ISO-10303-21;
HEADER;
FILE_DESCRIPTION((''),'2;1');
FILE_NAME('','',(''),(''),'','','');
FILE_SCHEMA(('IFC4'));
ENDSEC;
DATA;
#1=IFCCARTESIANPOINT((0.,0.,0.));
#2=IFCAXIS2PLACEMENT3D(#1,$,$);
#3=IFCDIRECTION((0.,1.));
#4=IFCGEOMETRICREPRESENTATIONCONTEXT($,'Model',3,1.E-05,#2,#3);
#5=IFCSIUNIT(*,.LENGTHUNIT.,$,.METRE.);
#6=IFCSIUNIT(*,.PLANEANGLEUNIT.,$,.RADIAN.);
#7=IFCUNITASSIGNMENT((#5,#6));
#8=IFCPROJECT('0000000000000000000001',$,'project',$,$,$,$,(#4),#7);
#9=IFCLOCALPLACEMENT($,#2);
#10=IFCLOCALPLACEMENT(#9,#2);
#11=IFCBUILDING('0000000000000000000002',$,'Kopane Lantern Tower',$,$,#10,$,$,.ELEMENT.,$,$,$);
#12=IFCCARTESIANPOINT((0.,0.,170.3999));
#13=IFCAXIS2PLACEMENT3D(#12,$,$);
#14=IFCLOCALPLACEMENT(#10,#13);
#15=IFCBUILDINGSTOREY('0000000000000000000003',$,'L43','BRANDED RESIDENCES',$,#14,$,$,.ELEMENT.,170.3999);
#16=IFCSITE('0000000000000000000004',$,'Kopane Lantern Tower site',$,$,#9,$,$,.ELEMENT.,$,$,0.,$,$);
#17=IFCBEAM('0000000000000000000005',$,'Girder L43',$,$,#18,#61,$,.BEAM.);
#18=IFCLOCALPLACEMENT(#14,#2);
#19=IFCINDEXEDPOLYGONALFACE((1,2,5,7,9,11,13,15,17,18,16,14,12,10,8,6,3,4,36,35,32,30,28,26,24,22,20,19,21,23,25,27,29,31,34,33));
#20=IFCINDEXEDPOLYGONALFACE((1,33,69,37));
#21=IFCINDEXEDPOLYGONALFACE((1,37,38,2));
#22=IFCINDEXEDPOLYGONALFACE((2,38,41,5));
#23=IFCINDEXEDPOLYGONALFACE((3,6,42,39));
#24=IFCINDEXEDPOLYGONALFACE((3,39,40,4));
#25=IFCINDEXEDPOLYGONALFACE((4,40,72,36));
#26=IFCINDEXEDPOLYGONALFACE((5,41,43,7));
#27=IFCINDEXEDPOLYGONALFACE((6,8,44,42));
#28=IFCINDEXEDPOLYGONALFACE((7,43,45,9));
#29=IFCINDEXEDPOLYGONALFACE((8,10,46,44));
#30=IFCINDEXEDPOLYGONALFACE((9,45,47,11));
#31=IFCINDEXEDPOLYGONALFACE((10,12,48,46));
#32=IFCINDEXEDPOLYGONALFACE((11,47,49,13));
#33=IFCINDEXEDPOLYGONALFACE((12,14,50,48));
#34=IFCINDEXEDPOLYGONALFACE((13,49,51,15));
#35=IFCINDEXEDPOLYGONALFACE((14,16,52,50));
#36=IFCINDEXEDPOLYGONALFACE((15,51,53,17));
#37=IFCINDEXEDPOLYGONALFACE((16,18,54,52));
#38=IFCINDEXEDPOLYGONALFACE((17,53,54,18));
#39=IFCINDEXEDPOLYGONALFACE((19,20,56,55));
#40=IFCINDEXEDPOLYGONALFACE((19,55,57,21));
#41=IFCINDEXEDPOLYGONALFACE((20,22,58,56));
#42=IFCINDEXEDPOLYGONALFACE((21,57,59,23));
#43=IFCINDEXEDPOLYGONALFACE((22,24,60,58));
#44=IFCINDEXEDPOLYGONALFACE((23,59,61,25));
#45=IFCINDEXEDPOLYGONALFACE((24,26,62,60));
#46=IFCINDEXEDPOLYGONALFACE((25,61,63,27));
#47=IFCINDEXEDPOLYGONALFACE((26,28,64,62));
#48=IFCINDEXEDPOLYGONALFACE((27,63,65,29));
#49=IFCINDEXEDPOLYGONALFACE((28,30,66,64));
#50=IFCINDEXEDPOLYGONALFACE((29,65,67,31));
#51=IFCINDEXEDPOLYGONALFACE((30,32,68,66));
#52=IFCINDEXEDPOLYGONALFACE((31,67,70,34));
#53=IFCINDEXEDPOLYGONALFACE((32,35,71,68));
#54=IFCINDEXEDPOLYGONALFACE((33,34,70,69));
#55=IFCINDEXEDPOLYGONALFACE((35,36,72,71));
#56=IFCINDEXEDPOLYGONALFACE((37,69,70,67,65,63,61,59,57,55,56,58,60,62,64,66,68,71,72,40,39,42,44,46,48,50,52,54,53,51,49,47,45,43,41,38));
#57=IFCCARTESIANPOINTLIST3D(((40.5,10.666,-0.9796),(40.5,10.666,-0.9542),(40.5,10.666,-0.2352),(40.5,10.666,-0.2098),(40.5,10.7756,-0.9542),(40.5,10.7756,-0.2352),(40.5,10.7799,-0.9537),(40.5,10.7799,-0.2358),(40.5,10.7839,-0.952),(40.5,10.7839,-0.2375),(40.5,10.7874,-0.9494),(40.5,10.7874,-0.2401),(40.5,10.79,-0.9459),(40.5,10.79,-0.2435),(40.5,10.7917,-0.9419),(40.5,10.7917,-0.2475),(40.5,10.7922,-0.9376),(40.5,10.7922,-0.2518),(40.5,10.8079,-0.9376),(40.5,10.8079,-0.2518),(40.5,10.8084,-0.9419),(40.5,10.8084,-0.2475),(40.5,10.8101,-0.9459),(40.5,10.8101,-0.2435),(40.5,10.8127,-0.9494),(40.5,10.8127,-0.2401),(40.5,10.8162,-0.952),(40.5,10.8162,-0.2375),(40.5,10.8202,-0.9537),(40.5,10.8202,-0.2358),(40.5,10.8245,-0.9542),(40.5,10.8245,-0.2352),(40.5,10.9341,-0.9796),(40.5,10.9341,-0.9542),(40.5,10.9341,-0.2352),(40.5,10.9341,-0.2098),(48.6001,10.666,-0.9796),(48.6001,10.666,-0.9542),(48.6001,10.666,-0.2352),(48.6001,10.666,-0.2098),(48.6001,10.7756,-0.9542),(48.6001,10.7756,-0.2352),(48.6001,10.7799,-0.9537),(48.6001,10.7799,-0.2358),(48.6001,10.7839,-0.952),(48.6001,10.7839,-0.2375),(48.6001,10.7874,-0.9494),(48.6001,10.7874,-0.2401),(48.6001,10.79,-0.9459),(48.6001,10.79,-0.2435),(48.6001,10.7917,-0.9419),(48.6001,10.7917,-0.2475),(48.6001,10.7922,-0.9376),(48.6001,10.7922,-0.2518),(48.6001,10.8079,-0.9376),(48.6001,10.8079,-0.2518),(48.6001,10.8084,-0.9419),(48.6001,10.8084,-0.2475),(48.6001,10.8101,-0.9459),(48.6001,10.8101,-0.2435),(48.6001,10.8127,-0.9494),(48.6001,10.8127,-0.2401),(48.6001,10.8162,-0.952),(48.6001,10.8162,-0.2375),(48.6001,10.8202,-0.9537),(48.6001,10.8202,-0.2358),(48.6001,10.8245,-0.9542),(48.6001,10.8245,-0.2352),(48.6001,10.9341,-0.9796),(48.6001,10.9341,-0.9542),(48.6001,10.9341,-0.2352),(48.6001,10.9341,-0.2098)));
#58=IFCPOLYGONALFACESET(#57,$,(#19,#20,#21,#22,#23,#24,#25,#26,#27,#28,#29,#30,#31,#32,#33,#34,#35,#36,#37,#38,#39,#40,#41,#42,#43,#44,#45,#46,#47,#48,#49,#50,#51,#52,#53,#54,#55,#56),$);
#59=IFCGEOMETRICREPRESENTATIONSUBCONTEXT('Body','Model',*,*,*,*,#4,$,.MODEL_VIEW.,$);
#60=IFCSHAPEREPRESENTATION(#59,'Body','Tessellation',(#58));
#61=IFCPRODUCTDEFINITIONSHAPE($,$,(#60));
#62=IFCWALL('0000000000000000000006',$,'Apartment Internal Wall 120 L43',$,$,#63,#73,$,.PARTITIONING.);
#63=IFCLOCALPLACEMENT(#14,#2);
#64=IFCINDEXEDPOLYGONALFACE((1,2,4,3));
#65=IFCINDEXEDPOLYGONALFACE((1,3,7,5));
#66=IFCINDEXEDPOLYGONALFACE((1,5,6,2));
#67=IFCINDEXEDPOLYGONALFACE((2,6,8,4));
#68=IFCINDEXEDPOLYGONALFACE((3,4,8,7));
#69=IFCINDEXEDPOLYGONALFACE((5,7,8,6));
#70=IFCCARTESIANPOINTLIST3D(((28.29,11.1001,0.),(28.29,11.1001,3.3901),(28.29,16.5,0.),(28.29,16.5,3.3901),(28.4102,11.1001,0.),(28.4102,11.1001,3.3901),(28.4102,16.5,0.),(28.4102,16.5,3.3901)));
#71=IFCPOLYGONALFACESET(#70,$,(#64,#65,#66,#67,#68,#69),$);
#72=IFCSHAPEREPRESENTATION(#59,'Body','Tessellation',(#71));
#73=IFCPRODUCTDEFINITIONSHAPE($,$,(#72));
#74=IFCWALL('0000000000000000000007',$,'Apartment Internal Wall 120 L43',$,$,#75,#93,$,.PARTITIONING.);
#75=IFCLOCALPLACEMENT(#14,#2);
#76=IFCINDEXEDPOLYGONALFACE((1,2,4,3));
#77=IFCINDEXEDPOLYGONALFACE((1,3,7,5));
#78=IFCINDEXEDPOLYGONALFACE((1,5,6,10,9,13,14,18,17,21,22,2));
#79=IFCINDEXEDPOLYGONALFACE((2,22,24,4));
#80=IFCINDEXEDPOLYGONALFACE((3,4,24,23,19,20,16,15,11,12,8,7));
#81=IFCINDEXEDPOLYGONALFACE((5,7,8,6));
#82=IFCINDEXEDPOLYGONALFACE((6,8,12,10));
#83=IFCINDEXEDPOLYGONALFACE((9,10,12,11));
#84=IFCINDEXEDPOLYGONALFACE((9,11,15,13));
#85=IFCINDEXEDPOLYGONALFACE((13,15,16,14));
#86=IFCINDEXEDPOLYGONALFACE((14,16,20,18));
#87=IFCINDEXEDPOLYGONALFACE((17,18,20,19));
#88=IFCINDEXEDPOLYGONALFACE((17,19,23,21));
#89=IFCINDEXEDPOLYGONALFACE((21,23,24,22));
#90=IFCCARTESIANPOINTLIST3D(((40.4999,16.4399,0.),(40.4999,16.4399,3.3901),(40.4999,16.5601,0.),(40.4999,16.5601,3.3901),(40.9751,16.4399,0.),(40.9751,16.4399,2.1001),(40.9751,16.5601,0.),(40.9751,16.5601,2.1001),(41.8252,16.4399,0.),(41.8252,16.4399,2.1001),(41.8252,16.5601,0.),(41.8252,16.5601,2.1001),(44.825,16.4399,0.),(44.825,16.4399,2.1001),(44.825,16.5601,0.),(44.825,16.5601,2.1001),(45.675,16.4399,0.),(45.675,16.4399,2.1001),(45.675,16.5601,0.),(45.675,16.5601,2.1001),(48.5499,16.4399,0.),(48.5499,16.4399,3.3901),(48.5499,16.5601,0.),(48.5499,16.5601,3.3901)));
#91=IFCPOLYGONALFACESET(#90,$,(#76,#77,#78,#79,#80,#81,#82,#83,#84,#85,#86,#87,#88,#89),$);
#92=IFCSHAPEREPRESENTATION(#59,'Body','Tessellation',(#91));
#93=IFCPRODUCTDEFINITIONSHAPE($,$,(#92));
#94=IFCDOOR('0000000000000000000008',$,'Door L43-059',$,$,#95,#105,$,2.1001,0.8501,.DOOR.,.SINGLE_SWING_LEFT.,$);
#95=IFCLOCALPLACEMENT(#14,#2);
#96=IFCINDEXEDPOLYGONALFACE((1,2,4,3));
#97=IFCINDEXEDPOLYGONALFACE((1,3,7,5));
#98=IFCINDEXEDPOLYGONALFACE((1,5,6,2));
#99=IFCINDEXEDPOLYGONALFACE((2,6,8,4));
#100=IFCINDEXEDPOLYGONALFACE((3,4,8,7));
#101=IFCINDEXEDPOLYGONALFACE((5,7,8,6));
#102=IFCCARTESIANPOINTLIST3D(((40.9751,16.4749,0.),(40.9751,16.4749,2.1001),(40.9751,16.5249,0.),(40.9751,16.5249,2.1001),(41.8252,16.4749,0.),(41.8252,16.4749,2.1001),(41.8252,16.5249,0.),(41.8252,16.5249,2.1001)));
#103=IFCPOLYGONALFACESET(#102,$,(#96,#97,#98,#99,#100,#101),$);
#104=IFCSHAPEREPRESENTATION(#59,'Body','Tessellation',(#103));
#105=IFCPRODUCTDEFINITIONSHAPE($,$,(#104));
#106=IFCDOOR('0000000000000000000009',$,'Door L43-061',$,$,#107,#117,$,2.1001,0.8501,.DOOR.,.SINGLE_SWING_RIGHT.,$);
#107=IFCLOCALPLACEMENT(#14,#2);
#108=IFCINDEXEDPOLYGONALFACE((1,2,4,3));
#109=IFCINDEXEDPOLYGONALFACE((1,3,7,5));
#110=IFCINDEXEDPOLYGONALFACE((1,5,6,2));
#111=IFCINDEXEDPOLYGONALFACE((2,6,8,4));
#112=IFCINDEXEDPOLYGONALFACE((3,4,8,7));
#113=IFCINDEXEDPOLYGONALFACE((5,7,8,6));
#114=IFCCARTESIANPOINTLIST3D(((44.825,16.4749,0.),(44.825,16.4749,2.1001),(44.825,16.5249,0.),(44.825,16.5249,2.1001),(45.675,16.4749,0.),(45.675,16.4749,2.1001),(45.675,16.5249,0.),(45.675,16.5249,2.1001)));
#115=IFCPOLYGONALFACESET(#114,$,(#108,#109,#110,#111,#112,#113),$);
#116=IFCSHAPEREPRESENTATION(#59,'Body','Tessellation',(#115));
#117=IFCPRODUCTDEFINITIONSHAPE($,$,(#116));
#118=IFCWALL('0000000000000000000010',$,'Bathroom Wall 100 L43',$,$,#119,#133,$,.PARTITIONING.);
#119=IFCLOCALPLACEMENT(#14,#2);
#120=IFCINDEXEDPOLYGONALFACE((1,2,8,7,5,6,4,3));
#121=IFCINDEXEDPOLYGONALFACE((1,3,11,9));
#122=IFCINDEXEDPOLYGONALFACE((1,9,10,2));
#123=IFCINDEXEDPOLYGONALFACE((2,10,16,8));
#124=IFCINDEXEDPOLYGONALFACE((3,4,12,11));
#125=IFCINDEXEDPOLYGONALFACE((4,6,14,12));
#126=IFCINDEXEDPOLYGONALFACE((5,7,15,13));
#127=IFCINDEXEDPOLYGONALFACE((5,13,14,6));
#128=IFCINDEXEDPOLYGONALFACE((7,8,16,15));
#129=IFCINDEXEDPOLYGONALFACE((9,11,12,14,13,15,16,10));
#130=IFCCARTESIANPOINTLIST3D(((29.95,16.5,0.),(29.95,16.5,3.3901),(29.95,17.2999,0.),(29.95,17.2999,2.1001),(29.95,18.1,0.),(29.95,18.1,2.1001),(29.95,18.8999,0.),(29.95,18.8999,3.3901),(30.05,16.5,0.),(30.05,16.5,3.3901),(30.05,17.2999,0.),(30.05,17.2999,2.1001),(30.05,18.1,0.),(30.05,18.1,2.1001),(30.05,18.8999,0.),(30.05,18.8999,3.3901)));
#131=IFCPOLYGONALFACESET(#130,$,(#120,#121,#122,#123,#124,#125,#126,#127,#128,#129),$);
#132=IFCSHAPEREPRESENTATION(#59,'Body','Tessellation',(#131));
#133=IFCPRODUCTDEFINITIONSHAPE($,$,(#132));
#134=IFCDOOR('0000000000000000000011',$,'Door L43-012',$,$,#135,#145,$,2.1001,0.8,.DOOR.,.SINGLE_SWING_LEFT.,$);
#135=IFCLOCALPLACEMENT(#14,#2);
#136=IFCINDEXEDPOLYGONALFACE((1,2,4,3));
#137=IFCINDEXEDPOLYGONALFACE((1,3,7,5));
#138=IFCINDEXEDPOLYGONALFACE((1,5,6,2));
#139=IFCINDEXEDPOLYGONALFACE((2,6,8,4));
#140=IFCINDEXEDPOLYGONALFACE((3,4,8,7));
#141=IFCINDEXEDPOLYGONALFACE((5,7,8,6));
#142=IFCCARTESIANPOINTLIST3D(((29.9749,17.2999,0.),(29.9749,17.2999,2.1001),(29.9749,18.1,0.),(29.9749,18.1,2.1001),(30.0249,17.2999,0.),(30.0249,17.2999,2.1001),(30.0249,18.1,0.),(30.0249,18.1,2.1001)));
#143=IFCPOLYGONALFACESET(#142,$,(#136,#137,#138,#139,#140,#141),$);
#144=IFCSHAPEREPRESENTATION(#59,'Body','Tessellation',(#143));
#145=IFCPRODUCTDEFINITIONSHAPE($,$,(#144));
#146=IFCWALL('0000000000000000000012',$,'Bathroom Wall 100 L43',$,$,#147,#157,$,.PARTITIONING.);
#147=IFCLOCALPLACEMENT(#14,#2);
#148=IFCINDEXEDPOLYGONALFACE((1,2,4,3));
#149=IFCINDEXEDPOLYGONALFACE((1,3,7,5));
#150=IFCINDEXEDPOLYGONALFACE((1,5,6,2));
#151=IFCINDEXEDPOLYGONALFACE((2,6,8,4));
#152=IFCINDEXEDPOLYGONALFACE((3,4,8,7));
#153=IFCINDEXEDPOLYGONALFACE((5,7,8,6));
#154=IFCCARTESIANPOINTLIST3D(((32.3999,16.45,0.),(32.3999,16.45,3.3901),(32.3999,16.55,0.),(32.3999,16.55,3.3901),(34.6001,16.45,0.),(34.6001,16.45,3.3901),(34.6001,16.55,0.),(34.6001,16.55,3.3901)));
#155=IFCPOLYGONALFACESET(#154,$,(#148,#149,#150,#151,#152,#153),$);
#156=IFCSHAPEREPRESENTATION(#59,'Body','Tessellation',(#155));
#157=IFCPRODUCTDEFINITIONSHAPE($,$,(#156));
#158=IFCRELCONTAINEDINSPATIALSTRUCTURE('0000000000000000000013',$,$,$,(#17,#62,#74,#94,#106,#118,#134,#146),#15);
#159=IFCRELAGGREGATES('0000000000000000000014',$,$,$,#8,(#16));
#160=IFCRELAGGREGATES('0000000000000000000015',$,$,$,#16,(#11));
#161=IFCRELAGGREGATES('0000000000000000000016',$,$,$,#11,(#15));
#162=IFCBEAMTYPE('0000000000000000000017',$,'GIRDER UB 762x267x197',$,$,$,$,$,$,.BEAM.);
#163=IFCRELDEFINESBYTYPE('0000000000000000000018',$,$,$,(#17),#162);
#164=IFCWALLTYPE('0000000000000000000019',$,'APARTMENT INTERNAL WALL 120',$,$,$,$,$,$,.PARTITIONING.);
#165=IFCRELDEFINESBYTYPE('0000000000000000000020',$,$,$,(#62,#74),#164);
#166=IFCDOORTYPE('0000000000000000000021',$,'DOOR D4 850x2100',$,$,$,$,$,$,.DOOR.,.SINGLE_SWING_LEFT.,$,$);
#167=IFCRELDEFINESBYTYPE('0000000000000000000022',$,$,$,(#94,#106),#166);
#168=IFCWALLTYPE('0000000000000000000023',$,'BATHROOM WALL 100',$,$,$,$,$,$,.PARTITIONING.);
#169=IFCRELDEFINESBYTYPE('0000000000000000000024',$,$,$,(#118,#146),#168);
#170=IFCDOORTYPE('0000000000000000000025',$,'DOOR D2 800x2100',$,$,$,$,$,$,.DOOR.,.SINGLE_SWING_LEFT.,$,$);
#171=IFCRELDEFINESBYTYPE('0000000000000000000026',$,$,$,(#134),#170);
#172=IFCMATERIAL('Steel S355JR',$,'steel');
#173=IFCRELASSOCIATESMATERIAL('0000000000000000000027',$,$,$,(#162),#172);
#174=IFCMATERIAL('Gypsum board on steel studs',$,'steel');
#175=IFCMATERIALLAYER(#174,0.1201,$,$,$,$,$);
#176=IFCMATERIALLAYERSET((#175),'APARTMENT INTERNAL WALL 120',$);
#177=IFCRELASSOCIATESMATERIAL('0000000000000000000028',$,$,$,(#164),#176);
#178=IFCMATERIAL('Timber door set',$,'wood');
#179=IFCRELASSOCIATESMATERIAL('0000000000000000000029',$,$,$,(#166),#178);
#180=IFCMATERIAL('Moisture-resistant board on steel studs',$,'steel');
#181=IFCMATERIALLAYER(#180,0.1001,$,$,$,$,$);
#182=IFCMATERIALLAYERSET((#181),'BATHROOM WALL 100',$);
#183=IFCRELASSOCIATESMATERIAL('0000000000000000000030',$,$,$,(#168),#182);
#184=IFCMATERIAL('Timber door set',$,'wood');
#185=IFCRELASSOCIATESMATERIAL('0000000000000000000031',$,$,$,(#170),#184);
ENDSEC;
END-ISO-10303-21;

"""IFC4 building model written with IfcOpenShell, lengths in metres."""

from ifc_helpers import new_model, si_unit, direction, frame, frame_2d, origin, origin_2d, place, context, subcontext, project, spatial, rectangle, i_section, extrude, material, layer, layer_set, material_profile, profile_set, type_object, element, fill, save


model = new_model("IFC4")

# Units and contexts
model_context = context("Model", 3, precision=1e-05, world=origin(), true_north=direction((0.0, 1.0)))
body_context = subcontext(model_context, "Body", "Model", "MODEL_VIEW")
ifc_project = project(units=[si_unit("LENGTHUNIT", "METRE"), si_unit("PLANEANGLEUNIT", "RADIAN")], contexts=[model_context])

# Site, building, storey
site_placement = place(None, origin())
site = spatial("IfcSite", under=ifc_project, at=site_placement, Name="Kopane Lantern Tower site", CompositionType="ELEMENT", RefElevation=0.0)
building_placement = place(site_placement, origin())
building = spatial("IfcBuilding", under=site, at=building_placement, Name="Kopane Lantern Tower", CompositionType="ELEMENT")
storey_placement = place(building_placement, frame((0.0, 0.0, 170.3999)))
storey = spatial("IfcBuildingStorey", under=building, at=storey_placement, Name="L43", Description="BRANDED RESIDENCES", CompositionType="ELEMENT", Elevation=170.3999)

# Beam
ifc_material_1 = material(Name="Steel S355JR", Category="steel")
ifc_material_profile_1 = material_profile(ifc_material_1, i_section(OverallWidth=0.2681, OverallDepth=0.7698, WebThickness=0.0156, FlangeThickness=0.0254, FilletRadius=0.0166, at=origin_2d()), Name="UB 762x267x197")
ifc_profile_set_1 = profile_set([ifc_material_profile_1], Name="Steel S355JR")
beam_type = type_object("IfcBeamType", Name="GIRDER UB 762x267x197", PredefinedType="BEAM", material=ifc_profile_set_1)
beam_1_placement = place(storey_placement, frame((40.5, 10.8, -0.5947), z_axis=(1.0, 0.0, 0.0), x_axis=(0.0, 1.0, 0.0)))
element("IfcBeam", 1, at=beam_1_placement, inside=storey, type_object=beam_type, Name="Girder L43", PredefinedType="BEAM", context=body_context, shape_type="SweptSolid", body=[
    extrude(i_section(OverallWidth=0.2681, OverallDepth=0.7698, WebThickness=0.0156, FlangeThickness=0.0254, FilletRadius=0.0166, at=origin_2d()), origin(), (0.0, 0.0, 1.0), 8.1001),
])

# Wall
ifc_material_2 = material(Name="Gypsum board on steel studs", Category="steel")
ifc_layer_1 = layer(ifc_material_2, 0.1201)
ifc_layer_set_1 = layer_set([ifc_layer_1], Name="APARTMENT INTERNAL WALL 120")
wall_type_1 = type_object("IfcWallType", Name="APARTMENT INTERNAL WALL 120", PredefinedType="PARTITIONING", material=ifc_layer_set_1)
wall_1_placement = place(storey_placement, frame((28.3501, 16.5, 0.0), z_axis=(0.0, 0.0, 1.0), x_axis=(0.0, -1.0, 0.0)))
element("IfcWall", 2, at=wall_1_placement, inside=storey, type_object=wall_type_1, Name="Apartment Internal Wall 120 L43", PredefinedType="PARTITIONING", context=body_context, shape_type="SweptSolid", body=[
    extrude(rectangle(XDim=5.3999, YDim=0.1201, at=frame_2d((2.7, 0.0))), origin(), (0.0, 0.0, 1.0), 3.3901),
])

# Wall, openings, doors
wall_2_placement = place(storey_placement, frame((40.5, 16.5, 0.0), z_axis=(0.0, 0.0, 1.0), x_axis=(1.0, 0.0, 0.0)))
wall_2 = element("IfcWall", 3, at=wall_2_placement, inside=storey, type_object=wall_type_1, Name="Apartment Internal Wall 120 L43", PredefinedType="PARTITIONING", context=body_context, shape_type="SweptSolid", body=[
    extrude(rectangle(XDim=8.05, YDim=0.1201, at=frame_2d((4.0249, 0.0))), origin(), (0.0, 0.0, 1.0), 3.3901),
])
opening_1_placement = place(wall_2_placement, frame((0.4751, 0.0, 0.0)))
opening_1 = element("IfcOpeningElement", 4, at=opening_1_placement, cuts=wall_2, PredefinedType="OPENING", context=body_context, shape_type="SweptSolid", body=[
    extrude(rectangle(XDim=0.8501, YDim=2.1001, at=frame_2d((0.425, 1.05))), frame((0.0, 0.0701, 0.0), z_axis=(0.0, -1.0, 0.0), x_axis=(1.0, 0.0, 0.0)), (0.0, 0.0, 1.0), 0.1401),
])
opening_2_placement = place(wall_2_placement, frame((4.325, 0.0, 0.0)))
opening_2 = element("IfcOpeningElement", 5, at=opening_2_placement, cuts=wall_2, PredefinedType="OPENING", context=body_context, shape_type="SweptSolid", body=[
    extrude(rectangle(XDim=0.8501, YDim=2.1001, at=frame_2d((0.425, 1.05))), frame((0.0, 0.0701, 0.0), z_axis=(0.0, -1.0, 0.0), x_axis=(1.0, 0.0, 0.0)), (0.0, 0.0, 1.0), 0.1401),
])
ifc_material_3 = material(Name="Timber door set", Category="wood")
door_type_1 = type_object("IfcDoorType", Name="DOOR D4 850x2100", OperationType="SINGLE_SWING_LEFT", PredefinedType="DOOR", material=ifc_material_3)
door_1_placement = place(opening_1_placement, origin())
door_1 = element("IfcDoor", 6, at=door_1_placement, inside=storey, type_object=door_type_1, Name="Door L43-059", OperationType="SINGLE_SWING_LEFT", OverallHeight=2.1001, OverallWidth=0.8501, PredefinedType="DOOR", context=body_context, shape_type="SweptSolid", body=[
    extrude(rectangle(XDim=0.8501, YDim=2.1001, at=frame_2d((0.425, 1.05))), frame((0.0, 0.0249, 0.0), z_axis=(0.0, -1.0, 0.0), x_axis=(1.0, 0.0, 0.0)), (0.0, 0.0, 1.0), 0.05),
])
fill(opening_1, door_1)
door_2_placement = place(opening_2_placement, origin())
door_2 = element("IfcDoor", 7, at=door_2_placement, inside=storey, type_object=door_type_1, Name="Door L43-061", OperationType="SINGLE_SWING_RIGHT", OverallHeight=2.1001, OverallWidth=0.8501, PredefinedType="DOOR", context=body_context, shape_type="SweptSolid", body=[
    extrude(rectangle(XDim=0.8501, YDim=2.1001, at=frame_2d((0.425, 1.05))), frame((0.0, 0.0249, 0.0), z_axis=(0.0, -1.0, 0.0), x_axis=(1.0, 0.0, 0.0)), (0.0, 0.0, 1.0), 0.05),
])
fill(opening_2, door_2)

# Wall, opening, door
ifc_material_4 = material(Name="Moisture-resistant board on steel studs", Category="steel")
ifc_layer_2 = layer(ifc_material_4, 0.1001)
ifc_layer_set_2 = layer_set([ifc_layer_2], Name="BATHROOM WALL 100")
wall_type_2 = type_object("IfcWallType", Name="BATHROOM WALL 100", PredefinedType="PARTITIONING", material=ifc_layer_set_2)
wall_3_placement = place(storey_placement, frame((30.0, 18.8999, 0.0), z_axis=(0.0, 0.0, 1.0), x_axis=(0.0, -1.0, 0.0)))
wall_3 = element("IfcWall", 8, at=wall_3_placement, inside=storey, type_object=wall_type_2, Name="Bathroom Wall 100 L43", PredefinedType="PARTITIONING", context=body_context, shape_type="SweptSolid", body=[
    extrude(rectangle(XDim=2.3999, YDim=0.1001, at=frame_2d((1.2, 0.0))), origin(), (0.0, 0.0, 1.0), 3.3901),
])
opening_3_placement = place(wall_3_placement, frame((0.8, 0.0, 0.0)))
opening_3 = element("IfcOpeningElement", 9, at=opening_3_placement, cuts=wall_3, PredefinedType="OPENING", context=body_context, shape_type="SweptSolid", body=[
    extrude(rectangle(XDim=0.8, YDim=2.1001, at=frame_2d((0.3999, 1.05))), frame((0.0, 0.0601, 0.0), z_axis=(0.0, -1.0, 0.0), x_axis=(1.0, 0.0, 0.0)), (0.0, 0.0, 1.0), 0.1201),
])
ifc_material_5 = material(Name="Timber door set", Category="wood")
door_type_2 = type_object("IfcDoorType", Name="DOOR D2 800x2100", OperationType="SINGLE_SWING_LEFT", PredefinedType="DOOR", material=ifc_material_5)
door_3_placement = place(opening_3_placement, origin())
door_3 = element("IfcDoor", 10, at=door_3_placement, inside=storey, type_object=door_type_2, Name="Door L43-012", OperationType="SINGLE_SWING_LEFT", OverallHeight=2.1001, OverallWidth=0.8, PredefinedType="DOOR", context=body_context, shape_type="SweptSolid", body=[
    extrude(rectangle(XDim=0.8, YDim=2.1001, at=frame_2d((0.3999, 1.05))), frame((0.0, 0.0249, 0.0), z_axis=(0.0, -1.0, 0.0), x_axis=(1.0, 0.0, 0.0)), (0.0, 0.0, 1.0), 0.05),
])
fill(opening_3, door_3)

# Wall
wall_4_placement = place(storey_placement, frame((32.3999, 16.5, 0.0), z_axis=(0.0, 0.0, 1.0), x_axis=(1.0, 0.0, 0.0)))
element("IfcWall", 11, at=wall_4_placement, inside=storey, type_object=wall_type_2, Name="Bathroom Wall 100 L43", PredefinedType="PARTITIONING", context=body_context, shape_type="SweptSolid", body=[
    extrude(rectangle(XDim=2.2002, YDim=0.1001, at=frame_2d((1.1001, 0.0))), origin(), (0.0, 0.0, 1.0), 3.3901),
])

save(model, "model.ifc")
